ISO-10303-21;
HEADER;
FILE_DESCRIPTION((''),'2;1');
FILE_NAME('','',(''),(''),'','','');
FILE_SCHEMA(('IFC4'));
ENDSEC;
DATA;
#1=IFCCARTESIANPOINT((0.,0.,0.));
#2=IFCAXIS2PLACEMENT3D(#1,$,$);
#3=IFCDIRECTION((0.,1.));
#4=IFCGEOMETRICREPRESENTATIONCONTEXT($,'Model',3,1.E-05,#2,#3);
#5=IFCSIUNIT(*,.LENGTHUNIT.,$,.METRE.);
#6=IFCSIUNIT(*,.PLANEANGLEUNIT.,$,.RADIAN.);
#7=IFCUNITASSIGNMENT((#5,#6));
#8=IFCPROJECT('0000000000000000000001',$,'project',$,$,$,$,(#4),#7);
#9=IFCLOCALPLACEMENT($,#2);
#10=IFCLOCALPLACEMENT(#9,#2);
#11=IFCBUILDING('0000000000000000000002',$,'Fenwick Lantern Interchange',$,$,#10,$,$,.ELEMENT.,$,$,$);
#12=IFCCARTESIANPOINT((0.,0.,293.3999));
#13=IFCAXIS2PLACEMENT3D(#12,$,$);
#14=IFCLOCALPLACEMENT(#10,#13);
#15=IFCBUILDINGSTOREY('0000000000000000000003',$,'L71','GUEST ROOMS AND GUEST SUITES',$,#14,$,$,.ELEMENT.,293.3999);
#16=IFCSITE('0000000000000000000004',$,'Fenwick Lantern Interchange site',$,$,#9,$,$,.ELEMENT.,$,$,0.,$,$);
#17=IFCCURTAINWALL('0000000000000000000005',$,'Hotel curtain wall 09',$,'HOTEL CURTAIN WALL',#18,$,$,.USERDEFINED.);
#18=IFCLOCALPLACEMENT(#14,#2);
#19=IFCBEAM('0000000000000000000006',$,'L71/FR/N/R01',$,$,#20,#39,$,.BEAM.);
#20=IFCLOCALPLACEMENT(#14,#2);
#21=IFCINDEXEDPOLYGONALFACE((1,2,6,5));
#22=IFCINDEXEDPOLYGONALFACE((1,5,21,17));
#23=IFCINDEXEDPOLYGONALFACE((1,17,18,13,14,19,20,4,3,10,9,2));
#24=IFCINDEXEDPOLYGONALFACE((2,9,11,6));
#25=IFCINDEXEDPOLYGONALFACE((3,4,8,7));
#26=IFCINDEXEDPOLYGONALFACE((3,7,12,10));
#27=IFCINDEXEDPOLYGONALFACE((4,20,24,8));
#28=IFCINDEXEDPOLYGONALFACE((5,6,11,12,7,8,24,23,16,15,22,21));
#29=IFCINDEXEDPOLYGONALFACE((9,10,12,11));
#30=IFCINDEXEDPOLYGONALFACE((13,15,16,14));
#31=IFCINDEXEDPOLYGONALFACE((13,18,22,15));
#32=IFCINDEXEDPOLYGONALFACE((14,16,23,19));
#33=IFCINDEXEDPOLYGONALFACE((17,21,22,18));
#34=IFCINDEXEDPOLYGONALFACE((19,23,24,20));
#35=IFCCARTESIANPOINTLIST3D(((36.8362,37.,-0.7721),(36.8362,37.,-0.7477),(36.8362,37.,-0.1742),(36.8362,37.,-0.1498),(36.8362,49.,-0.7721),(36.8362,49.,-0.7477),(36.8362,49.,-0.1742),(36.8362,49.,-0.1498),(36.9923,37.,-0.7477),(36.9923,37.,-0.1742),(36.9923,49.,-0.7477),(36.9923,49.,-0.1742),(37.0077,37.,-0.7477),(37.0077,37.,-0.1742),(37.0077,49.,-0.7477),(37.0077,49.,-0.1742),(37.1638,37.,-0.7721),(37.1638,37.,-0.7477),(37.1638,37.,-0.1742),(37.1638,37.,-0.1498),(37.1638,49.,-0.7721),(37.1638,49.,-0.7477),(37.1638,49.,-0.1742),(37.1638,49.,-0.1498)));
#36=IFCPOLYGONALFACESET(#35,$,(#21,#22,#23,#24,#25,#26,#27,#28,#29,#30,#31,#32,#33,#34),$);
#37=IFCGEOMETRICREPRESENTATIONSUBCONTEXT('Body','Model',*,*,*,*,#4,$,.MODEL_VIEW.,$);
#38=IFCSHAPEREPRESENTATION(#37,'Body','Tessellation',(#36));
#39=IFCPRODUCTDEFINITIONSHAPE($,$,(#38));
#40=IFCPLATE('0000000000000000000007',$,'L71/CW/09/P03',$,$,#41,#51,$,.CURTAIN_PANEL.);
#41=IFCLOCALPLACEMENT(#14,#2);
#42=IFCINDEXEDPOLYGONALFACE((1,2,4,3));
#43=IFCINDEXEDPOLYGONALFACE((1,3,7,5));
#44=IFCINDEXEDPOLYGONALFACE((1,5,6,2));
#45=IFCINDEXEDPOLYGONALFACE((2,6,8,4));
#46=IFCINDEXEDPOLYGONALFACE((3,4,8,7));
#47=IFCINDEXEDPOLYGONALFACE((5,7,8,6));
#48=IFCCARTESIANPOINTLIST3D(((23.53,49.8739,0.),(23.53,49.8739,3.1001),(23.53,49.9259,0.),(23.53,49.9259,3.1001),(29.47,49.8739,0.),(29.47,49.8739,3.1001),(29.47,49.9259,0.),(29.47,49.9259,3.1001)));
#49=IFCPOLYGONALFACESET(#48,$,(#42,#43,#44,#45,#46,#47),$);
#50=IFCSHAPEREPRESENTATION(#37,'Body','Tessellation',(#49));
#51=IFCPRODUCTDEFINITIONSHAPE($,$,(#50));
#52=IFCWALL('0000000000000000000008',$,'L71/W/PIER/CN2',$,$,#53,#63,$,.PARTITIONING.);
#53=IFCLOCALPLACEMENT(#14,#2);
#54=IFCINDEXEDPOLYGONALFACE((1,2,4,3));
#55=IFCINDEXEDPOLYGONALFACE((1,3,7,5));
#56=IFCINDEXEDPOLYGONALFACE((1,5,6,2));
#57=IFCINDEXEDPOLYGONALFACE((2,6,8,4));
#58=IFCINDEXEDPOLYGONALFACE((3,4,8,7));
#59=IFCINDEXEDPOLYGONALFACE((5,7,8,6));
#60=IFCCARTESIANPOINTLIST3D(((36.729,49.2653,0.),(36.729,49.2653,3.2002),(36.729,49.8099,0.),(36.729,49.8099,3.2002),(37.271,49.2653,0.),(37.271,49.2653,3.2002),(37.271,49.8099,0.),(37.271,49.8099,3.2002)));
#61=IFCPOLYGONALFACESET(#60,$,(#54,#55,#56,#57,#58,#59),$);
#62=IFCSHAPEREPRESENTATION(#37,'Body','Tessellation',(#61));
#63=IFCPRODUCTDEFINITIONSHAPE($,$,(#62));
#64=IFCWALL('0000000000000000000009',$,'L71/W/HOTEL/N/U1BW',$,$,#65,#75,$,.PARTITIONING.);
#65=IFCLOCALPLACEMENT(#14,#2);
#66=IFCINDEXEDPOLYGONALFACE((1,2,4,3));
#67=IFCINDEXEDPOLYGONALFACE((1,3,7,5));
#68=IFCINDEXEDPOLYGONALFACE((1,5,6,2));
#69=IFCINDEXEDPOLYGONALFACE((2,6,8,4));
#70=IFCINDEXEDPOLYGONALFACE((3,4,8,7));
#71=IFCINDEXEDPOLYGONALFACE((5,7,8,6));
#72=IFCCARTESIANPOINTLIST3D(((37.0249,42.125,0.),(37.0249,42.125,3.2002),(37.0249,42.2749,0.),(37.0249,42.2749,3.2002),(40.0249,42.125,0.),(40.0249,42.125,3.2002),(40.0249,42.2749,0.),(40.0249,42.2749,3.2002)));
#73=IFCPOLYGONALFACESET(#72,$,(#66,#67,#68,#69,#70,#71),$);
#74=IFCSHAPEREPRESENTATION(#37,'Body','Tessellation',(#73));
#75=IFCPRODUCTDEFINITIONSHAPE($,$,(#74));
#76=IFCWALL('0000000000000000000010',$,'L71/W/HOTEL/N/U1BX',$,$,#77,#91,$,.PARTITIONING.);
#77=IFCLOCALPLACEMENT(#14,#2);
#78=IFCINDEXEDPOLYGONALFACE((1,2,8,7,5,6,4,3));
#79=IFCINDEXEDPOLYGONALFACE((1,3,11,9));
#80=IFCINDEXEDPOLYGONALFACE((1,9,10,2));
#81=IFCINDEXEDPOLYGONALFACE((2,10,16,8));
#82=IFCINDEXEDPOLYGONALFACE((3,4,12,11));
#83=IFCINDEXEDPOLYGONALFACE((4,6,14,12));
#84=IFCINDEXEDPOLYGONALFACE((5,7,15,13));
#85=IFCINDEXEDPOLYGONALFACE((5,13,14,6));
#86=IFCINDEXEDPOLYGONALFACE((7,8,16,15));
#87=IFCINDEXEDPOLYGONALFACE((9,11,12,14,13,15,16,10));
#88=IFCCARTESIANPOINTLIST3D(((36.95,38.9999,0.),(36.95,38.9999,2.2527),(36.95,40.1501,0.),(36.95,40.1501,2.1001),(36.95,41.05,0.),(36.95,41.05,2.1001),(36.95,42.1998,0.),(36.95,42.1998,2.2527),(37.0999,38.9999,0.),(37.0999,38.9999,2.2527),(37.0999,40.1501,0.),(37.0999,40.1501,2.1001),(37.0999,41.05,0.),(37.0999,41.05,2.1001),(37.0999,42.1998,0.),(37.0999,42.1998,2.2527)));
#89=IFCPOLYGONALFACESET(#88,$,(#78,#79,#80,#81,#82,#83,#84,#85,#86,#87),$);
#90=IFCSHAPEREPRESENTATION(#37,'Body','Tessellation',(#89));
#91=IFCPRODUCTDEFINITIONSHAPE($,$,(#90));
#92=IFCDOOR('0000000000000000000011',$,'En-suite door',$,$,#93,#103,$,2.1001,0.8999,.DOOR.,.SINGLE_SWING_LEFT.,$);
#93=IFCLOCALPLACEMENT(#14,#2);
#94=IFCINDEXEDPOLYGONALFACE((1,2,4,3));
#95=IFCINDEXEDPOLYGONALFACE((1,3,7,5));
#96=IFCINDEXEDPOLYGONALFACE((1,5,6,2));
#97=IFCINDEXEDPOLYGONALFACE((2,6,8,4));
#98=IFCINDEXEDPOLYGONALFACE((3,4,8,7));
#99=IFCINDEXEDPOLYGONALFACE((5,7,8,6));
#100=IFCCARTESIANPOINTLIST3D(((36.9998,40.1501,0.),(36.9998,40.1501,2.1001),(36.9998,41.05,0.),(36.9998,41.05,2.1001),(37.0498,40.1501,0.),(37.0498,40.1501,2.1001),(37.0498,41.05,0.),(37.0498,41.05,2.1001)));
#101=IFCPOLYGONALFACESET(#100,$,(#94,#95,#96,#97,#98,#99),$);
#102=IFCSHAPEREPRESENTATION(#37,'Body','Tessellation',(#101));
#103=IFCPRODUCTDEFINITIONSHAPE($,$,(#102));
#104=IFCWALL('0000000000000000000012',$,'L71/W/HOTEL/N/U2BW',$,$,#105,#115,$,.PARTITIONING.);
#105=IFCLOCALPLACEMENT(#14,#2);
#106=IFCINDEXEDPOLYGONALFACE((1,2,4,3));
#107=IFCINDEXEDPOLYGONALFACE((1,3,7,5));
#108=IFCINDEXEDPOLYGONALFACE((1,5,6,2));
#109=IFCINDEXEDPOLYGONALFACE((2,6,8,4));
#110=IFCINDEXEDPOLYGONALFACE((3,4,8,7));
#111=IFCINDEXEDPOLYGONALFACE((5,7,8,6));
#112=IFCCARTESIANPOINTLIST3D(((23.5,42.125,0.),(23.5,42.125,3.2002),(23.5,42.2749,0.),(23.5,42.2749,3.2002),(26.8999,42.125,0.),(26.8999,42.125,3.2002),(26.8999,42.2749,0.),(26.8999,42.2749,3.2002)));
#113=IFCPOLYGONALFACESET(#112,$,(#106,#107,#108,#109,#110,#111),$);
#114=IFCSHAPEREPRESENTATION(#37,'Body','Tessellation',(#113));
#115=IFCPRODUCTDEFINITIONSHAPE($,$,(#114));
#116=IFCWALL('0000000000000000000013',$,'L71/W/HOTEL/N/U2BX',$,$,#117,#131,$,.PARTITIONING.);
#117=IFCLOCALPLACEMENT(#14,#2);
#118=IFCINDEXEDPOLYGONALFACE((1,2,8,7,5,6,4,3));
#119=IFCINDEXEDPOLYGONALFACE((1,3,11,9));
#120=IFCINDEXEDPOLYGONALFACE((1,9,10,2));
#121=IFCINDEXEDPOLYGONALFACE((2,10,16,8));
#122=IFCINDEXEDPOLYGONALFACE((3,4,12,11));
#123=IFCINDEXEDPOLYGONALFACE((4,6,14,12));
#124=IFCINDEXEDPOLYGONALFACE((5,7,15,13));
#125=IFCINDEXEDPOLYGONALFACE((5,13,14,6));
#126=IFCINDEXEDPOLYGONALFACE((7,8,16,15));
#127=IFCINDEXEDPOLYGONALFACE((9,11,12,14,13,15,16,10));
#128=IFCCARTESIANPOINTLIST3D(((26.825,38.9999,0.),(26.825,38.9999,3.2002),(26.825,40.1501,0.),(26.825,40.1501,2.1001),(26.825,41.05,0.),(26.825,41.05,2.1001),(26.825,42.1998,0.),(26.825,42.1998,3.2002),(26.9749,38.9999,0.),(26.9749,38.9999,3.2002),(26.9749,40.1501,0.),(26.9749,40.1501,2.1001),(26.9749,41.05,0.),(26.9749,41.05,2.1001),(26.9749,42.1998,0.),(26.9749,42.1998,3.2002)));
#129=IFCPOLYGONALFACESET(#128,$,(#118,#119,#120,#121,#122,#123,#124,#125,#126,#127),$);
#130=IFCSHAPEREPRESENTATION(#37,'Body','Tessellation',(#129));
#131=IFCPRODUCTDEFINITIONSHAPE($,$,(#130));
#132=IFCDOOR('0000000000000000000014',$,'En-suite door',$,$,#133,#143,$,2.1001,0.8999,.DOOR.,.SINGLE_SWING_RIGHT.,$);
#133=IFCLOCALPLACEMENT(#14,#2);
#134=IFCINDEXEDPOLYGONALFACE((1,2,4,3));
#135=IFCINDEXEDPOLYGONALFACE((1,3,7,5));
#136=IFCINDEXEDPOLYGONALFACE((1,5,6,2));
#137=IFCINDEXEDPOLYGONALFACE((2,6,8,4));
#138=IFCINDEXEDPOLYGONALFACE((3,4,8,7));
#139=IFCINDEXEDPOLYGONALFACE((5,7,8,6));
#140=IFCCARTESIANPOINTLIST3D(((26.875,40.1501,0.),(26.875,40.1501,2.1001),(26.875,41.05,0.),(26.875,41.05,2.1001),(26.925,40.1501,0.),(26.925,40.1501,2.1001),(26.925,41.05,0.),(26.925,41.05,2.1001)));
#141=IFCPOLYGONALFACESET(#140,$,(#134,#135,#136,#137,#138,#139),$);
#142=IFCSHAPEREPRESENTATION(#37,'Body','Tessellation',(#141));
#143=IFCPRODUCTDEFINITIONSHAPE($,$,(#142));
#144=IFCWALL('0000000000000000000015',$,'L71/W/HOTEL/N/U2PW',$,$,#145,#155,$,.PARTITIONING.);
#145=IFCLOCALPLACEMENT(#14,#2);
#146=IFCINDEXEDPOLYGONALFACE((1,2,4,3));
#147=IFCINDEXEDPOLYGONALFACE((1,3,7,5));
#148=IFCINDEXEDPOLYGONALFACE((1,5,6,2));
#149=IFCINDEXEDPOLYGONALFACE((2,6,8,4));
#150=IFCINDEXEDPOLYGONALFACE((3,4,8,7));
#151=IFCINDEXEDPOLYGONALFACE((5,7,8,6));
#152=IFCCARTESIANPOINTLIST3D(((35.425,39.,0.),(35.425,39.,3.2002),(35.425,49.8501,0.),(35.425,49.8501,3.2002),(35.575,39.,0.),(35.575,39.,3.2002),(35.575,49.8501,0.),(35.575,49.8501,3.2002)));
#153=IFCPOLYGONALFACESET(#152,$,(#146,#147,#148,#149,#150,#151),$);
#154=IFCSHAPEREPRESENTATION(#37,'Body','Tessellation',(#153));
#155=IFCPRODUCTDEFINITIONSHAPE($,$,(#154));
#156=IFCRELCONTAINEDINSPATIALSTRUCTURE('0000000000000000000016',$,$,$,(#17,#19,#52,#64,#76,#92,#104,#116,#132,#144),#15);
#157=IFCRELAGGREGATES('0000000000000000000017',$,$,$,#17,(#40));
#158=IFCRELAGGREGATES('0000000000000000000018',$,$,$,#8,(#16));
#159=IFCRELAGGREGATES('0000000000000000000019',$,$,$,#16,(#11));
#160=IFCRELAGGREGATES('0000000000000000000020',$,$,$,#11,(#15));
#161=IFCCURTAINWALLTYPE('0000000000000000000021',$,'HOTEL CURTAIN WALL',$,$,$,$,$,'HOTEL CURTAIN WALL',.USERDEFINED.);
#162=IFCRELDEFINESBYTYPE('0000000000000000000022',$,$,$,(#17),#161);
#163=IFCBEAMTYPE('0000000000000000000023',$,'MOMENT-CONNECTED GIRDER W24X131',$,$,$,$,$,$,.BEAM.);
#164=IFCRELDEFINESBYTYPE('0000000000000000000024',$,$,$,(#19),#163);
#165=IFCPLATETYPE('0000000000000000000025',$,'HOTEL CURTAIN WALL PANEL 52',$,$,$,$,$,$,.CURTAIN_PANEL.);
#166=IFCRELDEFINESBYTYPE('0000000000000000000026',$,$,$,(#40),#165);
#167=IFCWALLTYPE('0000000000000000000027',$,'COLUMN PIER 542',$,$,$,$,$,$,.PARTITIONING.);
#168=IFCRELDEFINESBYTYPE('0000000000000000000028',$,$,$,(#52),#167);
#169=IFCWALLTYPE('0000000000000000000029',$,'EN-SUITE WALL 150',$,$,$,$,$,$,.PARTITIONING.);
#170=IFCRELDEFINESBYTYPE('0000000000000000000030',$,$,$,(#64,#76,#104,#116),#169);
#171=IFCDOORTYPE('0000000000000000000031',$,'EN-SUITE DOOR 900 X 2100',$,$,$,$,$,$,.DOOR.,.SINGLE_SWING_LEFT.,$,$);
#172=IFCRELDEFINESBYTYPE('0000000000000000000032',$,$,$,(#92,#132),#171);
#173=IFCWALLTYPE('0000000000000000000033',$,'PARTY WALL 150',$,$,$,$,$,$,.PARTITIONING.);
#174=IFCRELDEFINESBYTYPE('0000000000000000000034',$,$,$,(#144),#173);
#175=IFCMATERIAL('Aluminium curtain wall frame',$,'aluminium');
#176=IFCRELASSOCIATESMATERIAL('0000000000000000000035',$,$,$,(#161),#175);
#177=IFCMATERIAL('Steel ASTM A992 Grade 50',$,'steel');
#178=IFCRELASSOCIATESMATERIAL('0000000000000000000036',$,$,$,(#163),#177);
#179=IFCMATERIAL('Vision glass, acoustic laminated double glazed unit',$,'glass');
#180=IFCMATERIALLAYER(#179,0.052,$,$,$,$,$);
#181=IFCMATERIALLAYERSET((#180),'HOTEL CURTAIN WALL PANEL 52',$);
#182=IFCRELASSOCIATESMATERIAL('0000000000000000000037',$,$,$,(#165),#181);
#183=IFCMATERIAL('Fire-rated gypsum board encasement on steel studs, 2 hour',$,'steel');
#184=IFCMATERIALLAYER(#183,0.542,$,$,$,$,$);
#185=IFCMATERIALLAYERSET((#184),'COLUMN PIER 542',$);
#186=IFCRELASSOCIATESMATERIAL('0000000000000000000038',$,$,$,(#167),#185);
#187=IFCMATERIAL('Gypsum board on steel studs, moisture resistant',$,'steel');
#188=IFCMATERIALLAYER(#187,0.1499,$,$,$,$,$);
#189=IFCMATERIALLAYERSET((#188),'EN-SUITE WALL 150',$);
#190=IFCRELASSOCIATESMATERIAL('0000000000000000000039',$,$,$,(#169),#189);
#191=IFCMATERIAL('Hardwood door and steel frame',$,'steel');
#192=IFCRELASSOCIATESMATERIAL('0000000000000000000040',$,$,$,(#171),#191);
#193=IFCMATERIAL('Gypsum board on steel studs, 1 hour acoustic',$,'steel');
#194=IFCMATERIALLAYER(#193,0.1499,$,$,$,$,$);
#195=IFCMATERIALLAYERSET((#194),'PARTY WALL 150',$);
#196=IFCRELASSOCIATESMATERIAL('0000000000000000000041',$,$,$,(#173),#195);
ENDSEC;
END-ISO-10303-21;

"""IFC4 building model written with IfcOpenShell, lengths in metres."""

from ifc_helpers import new_model, si_unit, direction, frame, frame_2d, origin, origin_2d, place, context, subcontext, project, spatial, rectangle, i_section, extrude, material, layer, layer_set, material_profile, profile_set, type_object, element, fill, aggregate, save


model = new_model("IFC4")

# Units and contexts
model_context = context("Model", 3, precision=1e-05, world=origin(), true_north=direction((0.0, 1.0)))
body_context = subcontext(model_context, "Body", "Model", "MODEL_VIEW")
ifc_project = project(units=[si_unit("LENGTHUNIT", "METRE"), si_unit("PLANEANGLEUNIT", "RADIAN")], contexts=[model_context])

# Site, building, storey
site_placement = place(None, origin())
site = spatial("IfcSite", under=ifc_project, at=site_placement, Name="Fenwick Lantern Interchange site", CompositionType="ELEMENT", RefElevation=0.0)
building_placement = place(site_placement, origin())
building = spatial("IfcBuilding", under=site, at=building_placement, Name="Fenwick Lantern Interchange", CompositionType="ELEMENT")
storey_placement = place(building_placement, frame((0.0, 0.0, 293.3999)))
storey = spatial("IfcBuildingStorey", under=building, at=storey_placement, Name="L71", Description="GUEST ROOMS AND GUEST SUITES", CompositionType="ELEMENT", Elevation=293.3999)

# Shared definitions
ifc_material_1 = material(Name="Steel ASTM A992 Grade 50", Category="steel")

# Curtain wall
ifc_material_2 = material(Name="Aluminium curtain wall frame", Category="aluminium")
curtain_wall_type = type_object("IfcCurtainWallType", Name="HOTEL CURTAIN WALL", ElementType="HOTEL CURTAIN WALL", PredefinedType="USERDEFINED", material=ifc_material_2)
curtain_wall_placement = place(storey_placement, origin())
curtain_wall = element("IfcCurtainWall", 1, at=curtain_wall_placement, inside=storey, type_object=curtain_wall_type, Name="Hotel curtain wall 09", ObjectType="HOTEL CURTAIN WALL", PredefinedType="USERDEFINED")

# Beam
ifc_material_profile_1 = material_profile(ifc_material_1, i_section(OverallWidth=0.3276, OverallDepth=0.6223, WebThickness=0.0154, FlangeThickness=0.0244, at=origin_2d()), Name="W24X131")
ifc_profile_set_1 = profile_set([ifc_material_profile_1], Name="Steel ASTM A992 Grade 50")
beam_type_1 = type_object("IfcBeamType", Name="MOMENT-CONNECTED GIRDER W24X131", PredefinedType="BEAM", material=ifc_profile_set_1)
beam_1_placement = place(storey_placement, frame((37.0, 49.0, -0.4609), z_axis=(0.0, -1.0, 0.0), x_axis=(1.0, 0.0, 0.0)))
element("IfcBeam", 2, at=beam_1_placement, inside=storey, type_object=beam_type_1, Name="L71/FR/N/R01", PredefinedType="BEAM", context=body_context, shape_type="SweptSolid", body=[
    extrude(i_section(OverallWidth=0.3276, OverallDepth=0.6223, WebThickness=0.0154, FlangeThickness=0.0244, at=origin_2d()), origin(), (0.0, 0.0, 1.0), 12.0),
])

# Plate
ifc_material_3 = material(Name="Vision glass, acoustic laminated double glazed unit", Category="glass")
ifc_layer_1 = layer(ifc_material_3, 0.052)
ifc_layer_set_1 = layer_set([ifc_layer_1], Name="HOTEL CURTAIN WALL PANEL 52")
plate_type = type_object("IfcPlateType", Name="HOTEL CURTAIN WALL PANEL 52", PredefinedType="CURTAIN_PANEL", material=ifc_layer_set_1)
plate_placement = place(storey_placement, frame((26.5, 49.8999, 0.0), z_axis=(0.0, 0.0, 1.0), x_axis=(-1.0, 0.0, 0.0)))
plate = element("IfcPlate", 3, at=plate_placement, type_object=plate_type, Name="L71/CW/09/P03", PredefinedType="CURTAIN_PANEL", context=body_context, shape_type="SweptSolid", body=[
    extrude(rectangle(XDim=5.9399, YDim=0.052, at=origin_2d()), origin(), (0.0, 0.0, 1.0), 3.1001),
])
aggregate(curtain_wall, [plate])

# Walls
ifc_material_4 = material(Name="Fire-rated gypsum board encasement on steel studs, 2 hour", Category="steel")
ifc_layer_2 = layer(ifc_material_4, 0.542)
ifc_layer_set_2 = layer_set([ifc_layer_2], Name="COLUMN PIER 542")
wall_type_1 = type_object("IfcWallType", Name="COLUMN PIER 542", PredefinedType="PARTITIONING", material=ifc_layer_set_2)
wall_1_placement = place(storey_placement, frame((37.0, 49.8101, 0.0), z_axis=(0.0, 0.0, 1.0), x_axis=(0.0, -1.0, 0.0)))
element("IfcWall", 4, at=wall_1_placement, inside=storey, type_object=wall_type_1, Name="L71/W/PIER/CN2", PredefinedType="PARTITIONING", context=body_context, shape_type="SweptSolid", body=[
    extrude(rectangle(XDim=0.5447, YDim=0.542, at=frame_2d((0.2725, 0.0))), origin(), (0.0, 0.0, 1.0), 3.2002),
])
ifc_material_5 = material(Name="Gypsum board on steel studs, moisture resistant", Category="steel")
ifc_layer_3 = layer(ifc_material_5, 0.1499)
ifc_layer_set_3 = layer_set([ifc_layer_3], Name="EN-SUITE WALL 150")
wall_type_2 = type_object("IfcWallType", Name="EN-SUITE WALL 150", PredefinedType="PARTITIONING", material=ifc_layer_set_3)
wall_2_placement = place(storey_placement, frame((40.0249, 42.2, 0.0), z_axis=(0.0, 0.0, 1.0), x_axis=(-1.0, 0.0, 0.0)))
element("IfcWall", 5, at=wall_2_placement, inside=storey, type_object=wall_type_2, Name="L71/W/HOTEL/N/U1BW", PredefinedType="PARTITIONING", context=body_context, shape_type="SweptSolid", body=[
    extrude(rectangle(XDim=3.0, YDim=0.1499, at=frame_2d((1.5, 0.0))), origin(), (0.0, 0.0, 1.0), 3.2002),
])

# Wall, opening, door
wall_3_placement = place(storey_placement, frame((37.0249, 42.2, 0.0), z_axis=(0.0, 0.0, 1.0), x_axis=(0.0, -1.0, 0.0)))
wall_3 = element("IfcWall", 6, at=wall_3_placement, inside=storey, type_object=wall_type_2, Name="L71/W/HOTEL/N/U1BX", PredefinedType="PARTITIONING", context=body_context, shape_type="SweptSolid", body=[
    extrude(rectangle(XDim=3.2, YDim=0.1499, at=frame_2d((1.6001, 0.0))), origin(), (0.0, 0.0, 1.0), 2.2527),
])
opening_1_placement = place(wall_3_placement, frame((1.1499, 0.0, 0.0)))
opening_1 = element("IfcOpeningElement", 7, at=opening_1_placement, cuts=wall_3, PredefinedType="OPENING", context=body_context, shape_type="SweptSolid", body=[
    extrude(rectangle(XDim=0.8999, YDim=2.1001, at=frame_2d((0.45, 1.05))), frame((0.0, 0.085, 0.0), z_axis=(0.0, -1.0, 0.0), x_axis=(1.0, 0.0, 0.0)), (0.0, 0.0, 1.0), 0.1699),
])
ifc_material_6 = material(Name="Hardwood door and steel frame", Category="steel")
door_type = type_object("IfcDoorType", Name="EN-SUITE DOOR 900 X 2100", OperationType="SINGLE_SWING_LEFT", PredefinedType="DOOR", material=ifc_material_6)
door_1_placement = place(opening_1_placement, origin())
door_1 = element("IfcDoor", 8, at=door_1_placement, inside=storey, type_object=door_type, Name="En-suite door", OperationType="SINGLE_SWING_LEFT", OverallHeight=2.1001, OverallWidth=0.8999, PredefinedType="DOOR", context=body_context, shape_type="SweptSolid", body=[
    extrude(rectangle(XDim=0.8999, YDim=2.1001, at=frame_2d((0.45, 1.05))), frame((0.0, 0.0249, 0.0), z_axis=(0.0, -1.0, 0.0), x_axis=(1.0, 0.0, 0.0)), (0.0, 0.0, 1.0), 0.05),
])
fill(opening_1, door_1)

# Wall
wall_4_placement = place(storey_placement, frame((26.8999, 42.2, 0.0), z_axis=(0.0, 0.0, 1.0), x_axis=(-1.0, 0.0, 0.0)))
element("IfcWall", 9, at=wall_4_placement, inside=storey, type_object=wall_type_2, Name="L71/W/HOTEL/N/U2BW", PredefinedType="PARTITIONING", context=body_context, shape_type="SweptSolid", body=[
    extrude(rectangle(XDim=3.3999, YDim=0.1499, at=frame_2d((1.7, 0.0))), origin(), (0.0, 0.0, 1.0), 3.2002),
])

# Wall, opening, door
wall_5_placement = place(storey_placement, frame((26.8999, 42.2, 0.0), z_axis=(0.0, 0.0, 1.0), x_axis=(0.0, -1.0, 0.0)))
wall_5 = element("IfcWall", 10, at=wall_5_placement, inside=storey, type_object=wall_type_2, Name="L71/W/HOTEL/N/U2BX", PredefinedType="PARTITIONING", context=body_context, shape_type="SweptSolid", body=[
    extrude(rectangle(XDim=3.2, YDim=0.1499, at=frame_2d((1.6001, 0.0))), origin(), (0.0, 0.0, 1.0), 3.2002),
])
opening_2_placement = place(wall_5_placement, frame((1.1499, 0.0, 0.0)))
opening_2 = element("IfcOpeningElement", 11, at=opening_2_placement, cuts=wall_5, PredefinedType="OPENING", context=body_context, shape_type="SweptSolid", body=[
    extrude(rectangle(XDim=0.8999, YDim=2.1001, at=frame_2d((0.45, 1.05))), frame((0.0, 0.085, 0.0), z_axis=(0.0, -1.0, 0.0), x_axis=(1.0, 0.0, 0.0)), (0.0, 0.0, 1.0), 0.1699),
])
door_2_placement = place(opening_2_placement, frame((0.8999, 0.0, 0.0), z_axis=(0.0, 0.0, 1.0), x_axis=(-1.0, 0.0, 0.0)))
door_2 = element("IfcDoor", 12, at=door_2_placement, inside=storey, type_object=door_type, Name="En-suite door", OperationType="SINGLE_SWING_RIGHT", OverallHeight=2.1001, OverallWidth=0.8999, PredefinedType="DOOR", context=body_context, shape_type="SweptSolid", body=[
    extrude(rectangle(XDim=0.8999, YDim=2.1001, at=frame_2d((0.45, 1.05))), frame((0.0, 0.0249, 0.0), z_axis=(0.0, -1.0, 0.0), x_axis=(1.0, 0.0, 0.0)), (0.0, 0.0, 1.0), 0.05),
])
fill(opening_2, door_2)

# Wall
ifc_material_7 = material(Name="Gypsum board on steel studs, 1 hour acoustic", Category="steel")
ifc_layer_4 = layer(ifc_material_7, 0.1499)
ifc_layer_set_4 = layer_set([ifc_layer_4], Name="PARTY WALL 150")
wall_type_3 = type_object("IfcWallType", Name="PARTY WALL 150", PredefinedType="PARTITIONING", material=ifc_layer_set_4)
wall_6_placement = place(storey_placement, frame((35.5, 49.8501, 0.0), z_axis=(0.0, 0.0, 1.0), x_axis=(0.0, -1.0, 0.0)))
element("IfcWall", 13, at=wall_6_placement, inside=storey, type_object=wall_type_3, Name="L71/W/HOTEL/N/U2PW", PredefinedType="PARTITIONING", context=body_context, shape_type="SweptSolid", body=[
    extrude(rectangle(XDim=10.8501, YDim=0.1499, at=frame_2d((5.425, 0.0))), origin(), (0.0, 0.0, 1.0), 3.2002),
])

save(model, "model.ifc")
